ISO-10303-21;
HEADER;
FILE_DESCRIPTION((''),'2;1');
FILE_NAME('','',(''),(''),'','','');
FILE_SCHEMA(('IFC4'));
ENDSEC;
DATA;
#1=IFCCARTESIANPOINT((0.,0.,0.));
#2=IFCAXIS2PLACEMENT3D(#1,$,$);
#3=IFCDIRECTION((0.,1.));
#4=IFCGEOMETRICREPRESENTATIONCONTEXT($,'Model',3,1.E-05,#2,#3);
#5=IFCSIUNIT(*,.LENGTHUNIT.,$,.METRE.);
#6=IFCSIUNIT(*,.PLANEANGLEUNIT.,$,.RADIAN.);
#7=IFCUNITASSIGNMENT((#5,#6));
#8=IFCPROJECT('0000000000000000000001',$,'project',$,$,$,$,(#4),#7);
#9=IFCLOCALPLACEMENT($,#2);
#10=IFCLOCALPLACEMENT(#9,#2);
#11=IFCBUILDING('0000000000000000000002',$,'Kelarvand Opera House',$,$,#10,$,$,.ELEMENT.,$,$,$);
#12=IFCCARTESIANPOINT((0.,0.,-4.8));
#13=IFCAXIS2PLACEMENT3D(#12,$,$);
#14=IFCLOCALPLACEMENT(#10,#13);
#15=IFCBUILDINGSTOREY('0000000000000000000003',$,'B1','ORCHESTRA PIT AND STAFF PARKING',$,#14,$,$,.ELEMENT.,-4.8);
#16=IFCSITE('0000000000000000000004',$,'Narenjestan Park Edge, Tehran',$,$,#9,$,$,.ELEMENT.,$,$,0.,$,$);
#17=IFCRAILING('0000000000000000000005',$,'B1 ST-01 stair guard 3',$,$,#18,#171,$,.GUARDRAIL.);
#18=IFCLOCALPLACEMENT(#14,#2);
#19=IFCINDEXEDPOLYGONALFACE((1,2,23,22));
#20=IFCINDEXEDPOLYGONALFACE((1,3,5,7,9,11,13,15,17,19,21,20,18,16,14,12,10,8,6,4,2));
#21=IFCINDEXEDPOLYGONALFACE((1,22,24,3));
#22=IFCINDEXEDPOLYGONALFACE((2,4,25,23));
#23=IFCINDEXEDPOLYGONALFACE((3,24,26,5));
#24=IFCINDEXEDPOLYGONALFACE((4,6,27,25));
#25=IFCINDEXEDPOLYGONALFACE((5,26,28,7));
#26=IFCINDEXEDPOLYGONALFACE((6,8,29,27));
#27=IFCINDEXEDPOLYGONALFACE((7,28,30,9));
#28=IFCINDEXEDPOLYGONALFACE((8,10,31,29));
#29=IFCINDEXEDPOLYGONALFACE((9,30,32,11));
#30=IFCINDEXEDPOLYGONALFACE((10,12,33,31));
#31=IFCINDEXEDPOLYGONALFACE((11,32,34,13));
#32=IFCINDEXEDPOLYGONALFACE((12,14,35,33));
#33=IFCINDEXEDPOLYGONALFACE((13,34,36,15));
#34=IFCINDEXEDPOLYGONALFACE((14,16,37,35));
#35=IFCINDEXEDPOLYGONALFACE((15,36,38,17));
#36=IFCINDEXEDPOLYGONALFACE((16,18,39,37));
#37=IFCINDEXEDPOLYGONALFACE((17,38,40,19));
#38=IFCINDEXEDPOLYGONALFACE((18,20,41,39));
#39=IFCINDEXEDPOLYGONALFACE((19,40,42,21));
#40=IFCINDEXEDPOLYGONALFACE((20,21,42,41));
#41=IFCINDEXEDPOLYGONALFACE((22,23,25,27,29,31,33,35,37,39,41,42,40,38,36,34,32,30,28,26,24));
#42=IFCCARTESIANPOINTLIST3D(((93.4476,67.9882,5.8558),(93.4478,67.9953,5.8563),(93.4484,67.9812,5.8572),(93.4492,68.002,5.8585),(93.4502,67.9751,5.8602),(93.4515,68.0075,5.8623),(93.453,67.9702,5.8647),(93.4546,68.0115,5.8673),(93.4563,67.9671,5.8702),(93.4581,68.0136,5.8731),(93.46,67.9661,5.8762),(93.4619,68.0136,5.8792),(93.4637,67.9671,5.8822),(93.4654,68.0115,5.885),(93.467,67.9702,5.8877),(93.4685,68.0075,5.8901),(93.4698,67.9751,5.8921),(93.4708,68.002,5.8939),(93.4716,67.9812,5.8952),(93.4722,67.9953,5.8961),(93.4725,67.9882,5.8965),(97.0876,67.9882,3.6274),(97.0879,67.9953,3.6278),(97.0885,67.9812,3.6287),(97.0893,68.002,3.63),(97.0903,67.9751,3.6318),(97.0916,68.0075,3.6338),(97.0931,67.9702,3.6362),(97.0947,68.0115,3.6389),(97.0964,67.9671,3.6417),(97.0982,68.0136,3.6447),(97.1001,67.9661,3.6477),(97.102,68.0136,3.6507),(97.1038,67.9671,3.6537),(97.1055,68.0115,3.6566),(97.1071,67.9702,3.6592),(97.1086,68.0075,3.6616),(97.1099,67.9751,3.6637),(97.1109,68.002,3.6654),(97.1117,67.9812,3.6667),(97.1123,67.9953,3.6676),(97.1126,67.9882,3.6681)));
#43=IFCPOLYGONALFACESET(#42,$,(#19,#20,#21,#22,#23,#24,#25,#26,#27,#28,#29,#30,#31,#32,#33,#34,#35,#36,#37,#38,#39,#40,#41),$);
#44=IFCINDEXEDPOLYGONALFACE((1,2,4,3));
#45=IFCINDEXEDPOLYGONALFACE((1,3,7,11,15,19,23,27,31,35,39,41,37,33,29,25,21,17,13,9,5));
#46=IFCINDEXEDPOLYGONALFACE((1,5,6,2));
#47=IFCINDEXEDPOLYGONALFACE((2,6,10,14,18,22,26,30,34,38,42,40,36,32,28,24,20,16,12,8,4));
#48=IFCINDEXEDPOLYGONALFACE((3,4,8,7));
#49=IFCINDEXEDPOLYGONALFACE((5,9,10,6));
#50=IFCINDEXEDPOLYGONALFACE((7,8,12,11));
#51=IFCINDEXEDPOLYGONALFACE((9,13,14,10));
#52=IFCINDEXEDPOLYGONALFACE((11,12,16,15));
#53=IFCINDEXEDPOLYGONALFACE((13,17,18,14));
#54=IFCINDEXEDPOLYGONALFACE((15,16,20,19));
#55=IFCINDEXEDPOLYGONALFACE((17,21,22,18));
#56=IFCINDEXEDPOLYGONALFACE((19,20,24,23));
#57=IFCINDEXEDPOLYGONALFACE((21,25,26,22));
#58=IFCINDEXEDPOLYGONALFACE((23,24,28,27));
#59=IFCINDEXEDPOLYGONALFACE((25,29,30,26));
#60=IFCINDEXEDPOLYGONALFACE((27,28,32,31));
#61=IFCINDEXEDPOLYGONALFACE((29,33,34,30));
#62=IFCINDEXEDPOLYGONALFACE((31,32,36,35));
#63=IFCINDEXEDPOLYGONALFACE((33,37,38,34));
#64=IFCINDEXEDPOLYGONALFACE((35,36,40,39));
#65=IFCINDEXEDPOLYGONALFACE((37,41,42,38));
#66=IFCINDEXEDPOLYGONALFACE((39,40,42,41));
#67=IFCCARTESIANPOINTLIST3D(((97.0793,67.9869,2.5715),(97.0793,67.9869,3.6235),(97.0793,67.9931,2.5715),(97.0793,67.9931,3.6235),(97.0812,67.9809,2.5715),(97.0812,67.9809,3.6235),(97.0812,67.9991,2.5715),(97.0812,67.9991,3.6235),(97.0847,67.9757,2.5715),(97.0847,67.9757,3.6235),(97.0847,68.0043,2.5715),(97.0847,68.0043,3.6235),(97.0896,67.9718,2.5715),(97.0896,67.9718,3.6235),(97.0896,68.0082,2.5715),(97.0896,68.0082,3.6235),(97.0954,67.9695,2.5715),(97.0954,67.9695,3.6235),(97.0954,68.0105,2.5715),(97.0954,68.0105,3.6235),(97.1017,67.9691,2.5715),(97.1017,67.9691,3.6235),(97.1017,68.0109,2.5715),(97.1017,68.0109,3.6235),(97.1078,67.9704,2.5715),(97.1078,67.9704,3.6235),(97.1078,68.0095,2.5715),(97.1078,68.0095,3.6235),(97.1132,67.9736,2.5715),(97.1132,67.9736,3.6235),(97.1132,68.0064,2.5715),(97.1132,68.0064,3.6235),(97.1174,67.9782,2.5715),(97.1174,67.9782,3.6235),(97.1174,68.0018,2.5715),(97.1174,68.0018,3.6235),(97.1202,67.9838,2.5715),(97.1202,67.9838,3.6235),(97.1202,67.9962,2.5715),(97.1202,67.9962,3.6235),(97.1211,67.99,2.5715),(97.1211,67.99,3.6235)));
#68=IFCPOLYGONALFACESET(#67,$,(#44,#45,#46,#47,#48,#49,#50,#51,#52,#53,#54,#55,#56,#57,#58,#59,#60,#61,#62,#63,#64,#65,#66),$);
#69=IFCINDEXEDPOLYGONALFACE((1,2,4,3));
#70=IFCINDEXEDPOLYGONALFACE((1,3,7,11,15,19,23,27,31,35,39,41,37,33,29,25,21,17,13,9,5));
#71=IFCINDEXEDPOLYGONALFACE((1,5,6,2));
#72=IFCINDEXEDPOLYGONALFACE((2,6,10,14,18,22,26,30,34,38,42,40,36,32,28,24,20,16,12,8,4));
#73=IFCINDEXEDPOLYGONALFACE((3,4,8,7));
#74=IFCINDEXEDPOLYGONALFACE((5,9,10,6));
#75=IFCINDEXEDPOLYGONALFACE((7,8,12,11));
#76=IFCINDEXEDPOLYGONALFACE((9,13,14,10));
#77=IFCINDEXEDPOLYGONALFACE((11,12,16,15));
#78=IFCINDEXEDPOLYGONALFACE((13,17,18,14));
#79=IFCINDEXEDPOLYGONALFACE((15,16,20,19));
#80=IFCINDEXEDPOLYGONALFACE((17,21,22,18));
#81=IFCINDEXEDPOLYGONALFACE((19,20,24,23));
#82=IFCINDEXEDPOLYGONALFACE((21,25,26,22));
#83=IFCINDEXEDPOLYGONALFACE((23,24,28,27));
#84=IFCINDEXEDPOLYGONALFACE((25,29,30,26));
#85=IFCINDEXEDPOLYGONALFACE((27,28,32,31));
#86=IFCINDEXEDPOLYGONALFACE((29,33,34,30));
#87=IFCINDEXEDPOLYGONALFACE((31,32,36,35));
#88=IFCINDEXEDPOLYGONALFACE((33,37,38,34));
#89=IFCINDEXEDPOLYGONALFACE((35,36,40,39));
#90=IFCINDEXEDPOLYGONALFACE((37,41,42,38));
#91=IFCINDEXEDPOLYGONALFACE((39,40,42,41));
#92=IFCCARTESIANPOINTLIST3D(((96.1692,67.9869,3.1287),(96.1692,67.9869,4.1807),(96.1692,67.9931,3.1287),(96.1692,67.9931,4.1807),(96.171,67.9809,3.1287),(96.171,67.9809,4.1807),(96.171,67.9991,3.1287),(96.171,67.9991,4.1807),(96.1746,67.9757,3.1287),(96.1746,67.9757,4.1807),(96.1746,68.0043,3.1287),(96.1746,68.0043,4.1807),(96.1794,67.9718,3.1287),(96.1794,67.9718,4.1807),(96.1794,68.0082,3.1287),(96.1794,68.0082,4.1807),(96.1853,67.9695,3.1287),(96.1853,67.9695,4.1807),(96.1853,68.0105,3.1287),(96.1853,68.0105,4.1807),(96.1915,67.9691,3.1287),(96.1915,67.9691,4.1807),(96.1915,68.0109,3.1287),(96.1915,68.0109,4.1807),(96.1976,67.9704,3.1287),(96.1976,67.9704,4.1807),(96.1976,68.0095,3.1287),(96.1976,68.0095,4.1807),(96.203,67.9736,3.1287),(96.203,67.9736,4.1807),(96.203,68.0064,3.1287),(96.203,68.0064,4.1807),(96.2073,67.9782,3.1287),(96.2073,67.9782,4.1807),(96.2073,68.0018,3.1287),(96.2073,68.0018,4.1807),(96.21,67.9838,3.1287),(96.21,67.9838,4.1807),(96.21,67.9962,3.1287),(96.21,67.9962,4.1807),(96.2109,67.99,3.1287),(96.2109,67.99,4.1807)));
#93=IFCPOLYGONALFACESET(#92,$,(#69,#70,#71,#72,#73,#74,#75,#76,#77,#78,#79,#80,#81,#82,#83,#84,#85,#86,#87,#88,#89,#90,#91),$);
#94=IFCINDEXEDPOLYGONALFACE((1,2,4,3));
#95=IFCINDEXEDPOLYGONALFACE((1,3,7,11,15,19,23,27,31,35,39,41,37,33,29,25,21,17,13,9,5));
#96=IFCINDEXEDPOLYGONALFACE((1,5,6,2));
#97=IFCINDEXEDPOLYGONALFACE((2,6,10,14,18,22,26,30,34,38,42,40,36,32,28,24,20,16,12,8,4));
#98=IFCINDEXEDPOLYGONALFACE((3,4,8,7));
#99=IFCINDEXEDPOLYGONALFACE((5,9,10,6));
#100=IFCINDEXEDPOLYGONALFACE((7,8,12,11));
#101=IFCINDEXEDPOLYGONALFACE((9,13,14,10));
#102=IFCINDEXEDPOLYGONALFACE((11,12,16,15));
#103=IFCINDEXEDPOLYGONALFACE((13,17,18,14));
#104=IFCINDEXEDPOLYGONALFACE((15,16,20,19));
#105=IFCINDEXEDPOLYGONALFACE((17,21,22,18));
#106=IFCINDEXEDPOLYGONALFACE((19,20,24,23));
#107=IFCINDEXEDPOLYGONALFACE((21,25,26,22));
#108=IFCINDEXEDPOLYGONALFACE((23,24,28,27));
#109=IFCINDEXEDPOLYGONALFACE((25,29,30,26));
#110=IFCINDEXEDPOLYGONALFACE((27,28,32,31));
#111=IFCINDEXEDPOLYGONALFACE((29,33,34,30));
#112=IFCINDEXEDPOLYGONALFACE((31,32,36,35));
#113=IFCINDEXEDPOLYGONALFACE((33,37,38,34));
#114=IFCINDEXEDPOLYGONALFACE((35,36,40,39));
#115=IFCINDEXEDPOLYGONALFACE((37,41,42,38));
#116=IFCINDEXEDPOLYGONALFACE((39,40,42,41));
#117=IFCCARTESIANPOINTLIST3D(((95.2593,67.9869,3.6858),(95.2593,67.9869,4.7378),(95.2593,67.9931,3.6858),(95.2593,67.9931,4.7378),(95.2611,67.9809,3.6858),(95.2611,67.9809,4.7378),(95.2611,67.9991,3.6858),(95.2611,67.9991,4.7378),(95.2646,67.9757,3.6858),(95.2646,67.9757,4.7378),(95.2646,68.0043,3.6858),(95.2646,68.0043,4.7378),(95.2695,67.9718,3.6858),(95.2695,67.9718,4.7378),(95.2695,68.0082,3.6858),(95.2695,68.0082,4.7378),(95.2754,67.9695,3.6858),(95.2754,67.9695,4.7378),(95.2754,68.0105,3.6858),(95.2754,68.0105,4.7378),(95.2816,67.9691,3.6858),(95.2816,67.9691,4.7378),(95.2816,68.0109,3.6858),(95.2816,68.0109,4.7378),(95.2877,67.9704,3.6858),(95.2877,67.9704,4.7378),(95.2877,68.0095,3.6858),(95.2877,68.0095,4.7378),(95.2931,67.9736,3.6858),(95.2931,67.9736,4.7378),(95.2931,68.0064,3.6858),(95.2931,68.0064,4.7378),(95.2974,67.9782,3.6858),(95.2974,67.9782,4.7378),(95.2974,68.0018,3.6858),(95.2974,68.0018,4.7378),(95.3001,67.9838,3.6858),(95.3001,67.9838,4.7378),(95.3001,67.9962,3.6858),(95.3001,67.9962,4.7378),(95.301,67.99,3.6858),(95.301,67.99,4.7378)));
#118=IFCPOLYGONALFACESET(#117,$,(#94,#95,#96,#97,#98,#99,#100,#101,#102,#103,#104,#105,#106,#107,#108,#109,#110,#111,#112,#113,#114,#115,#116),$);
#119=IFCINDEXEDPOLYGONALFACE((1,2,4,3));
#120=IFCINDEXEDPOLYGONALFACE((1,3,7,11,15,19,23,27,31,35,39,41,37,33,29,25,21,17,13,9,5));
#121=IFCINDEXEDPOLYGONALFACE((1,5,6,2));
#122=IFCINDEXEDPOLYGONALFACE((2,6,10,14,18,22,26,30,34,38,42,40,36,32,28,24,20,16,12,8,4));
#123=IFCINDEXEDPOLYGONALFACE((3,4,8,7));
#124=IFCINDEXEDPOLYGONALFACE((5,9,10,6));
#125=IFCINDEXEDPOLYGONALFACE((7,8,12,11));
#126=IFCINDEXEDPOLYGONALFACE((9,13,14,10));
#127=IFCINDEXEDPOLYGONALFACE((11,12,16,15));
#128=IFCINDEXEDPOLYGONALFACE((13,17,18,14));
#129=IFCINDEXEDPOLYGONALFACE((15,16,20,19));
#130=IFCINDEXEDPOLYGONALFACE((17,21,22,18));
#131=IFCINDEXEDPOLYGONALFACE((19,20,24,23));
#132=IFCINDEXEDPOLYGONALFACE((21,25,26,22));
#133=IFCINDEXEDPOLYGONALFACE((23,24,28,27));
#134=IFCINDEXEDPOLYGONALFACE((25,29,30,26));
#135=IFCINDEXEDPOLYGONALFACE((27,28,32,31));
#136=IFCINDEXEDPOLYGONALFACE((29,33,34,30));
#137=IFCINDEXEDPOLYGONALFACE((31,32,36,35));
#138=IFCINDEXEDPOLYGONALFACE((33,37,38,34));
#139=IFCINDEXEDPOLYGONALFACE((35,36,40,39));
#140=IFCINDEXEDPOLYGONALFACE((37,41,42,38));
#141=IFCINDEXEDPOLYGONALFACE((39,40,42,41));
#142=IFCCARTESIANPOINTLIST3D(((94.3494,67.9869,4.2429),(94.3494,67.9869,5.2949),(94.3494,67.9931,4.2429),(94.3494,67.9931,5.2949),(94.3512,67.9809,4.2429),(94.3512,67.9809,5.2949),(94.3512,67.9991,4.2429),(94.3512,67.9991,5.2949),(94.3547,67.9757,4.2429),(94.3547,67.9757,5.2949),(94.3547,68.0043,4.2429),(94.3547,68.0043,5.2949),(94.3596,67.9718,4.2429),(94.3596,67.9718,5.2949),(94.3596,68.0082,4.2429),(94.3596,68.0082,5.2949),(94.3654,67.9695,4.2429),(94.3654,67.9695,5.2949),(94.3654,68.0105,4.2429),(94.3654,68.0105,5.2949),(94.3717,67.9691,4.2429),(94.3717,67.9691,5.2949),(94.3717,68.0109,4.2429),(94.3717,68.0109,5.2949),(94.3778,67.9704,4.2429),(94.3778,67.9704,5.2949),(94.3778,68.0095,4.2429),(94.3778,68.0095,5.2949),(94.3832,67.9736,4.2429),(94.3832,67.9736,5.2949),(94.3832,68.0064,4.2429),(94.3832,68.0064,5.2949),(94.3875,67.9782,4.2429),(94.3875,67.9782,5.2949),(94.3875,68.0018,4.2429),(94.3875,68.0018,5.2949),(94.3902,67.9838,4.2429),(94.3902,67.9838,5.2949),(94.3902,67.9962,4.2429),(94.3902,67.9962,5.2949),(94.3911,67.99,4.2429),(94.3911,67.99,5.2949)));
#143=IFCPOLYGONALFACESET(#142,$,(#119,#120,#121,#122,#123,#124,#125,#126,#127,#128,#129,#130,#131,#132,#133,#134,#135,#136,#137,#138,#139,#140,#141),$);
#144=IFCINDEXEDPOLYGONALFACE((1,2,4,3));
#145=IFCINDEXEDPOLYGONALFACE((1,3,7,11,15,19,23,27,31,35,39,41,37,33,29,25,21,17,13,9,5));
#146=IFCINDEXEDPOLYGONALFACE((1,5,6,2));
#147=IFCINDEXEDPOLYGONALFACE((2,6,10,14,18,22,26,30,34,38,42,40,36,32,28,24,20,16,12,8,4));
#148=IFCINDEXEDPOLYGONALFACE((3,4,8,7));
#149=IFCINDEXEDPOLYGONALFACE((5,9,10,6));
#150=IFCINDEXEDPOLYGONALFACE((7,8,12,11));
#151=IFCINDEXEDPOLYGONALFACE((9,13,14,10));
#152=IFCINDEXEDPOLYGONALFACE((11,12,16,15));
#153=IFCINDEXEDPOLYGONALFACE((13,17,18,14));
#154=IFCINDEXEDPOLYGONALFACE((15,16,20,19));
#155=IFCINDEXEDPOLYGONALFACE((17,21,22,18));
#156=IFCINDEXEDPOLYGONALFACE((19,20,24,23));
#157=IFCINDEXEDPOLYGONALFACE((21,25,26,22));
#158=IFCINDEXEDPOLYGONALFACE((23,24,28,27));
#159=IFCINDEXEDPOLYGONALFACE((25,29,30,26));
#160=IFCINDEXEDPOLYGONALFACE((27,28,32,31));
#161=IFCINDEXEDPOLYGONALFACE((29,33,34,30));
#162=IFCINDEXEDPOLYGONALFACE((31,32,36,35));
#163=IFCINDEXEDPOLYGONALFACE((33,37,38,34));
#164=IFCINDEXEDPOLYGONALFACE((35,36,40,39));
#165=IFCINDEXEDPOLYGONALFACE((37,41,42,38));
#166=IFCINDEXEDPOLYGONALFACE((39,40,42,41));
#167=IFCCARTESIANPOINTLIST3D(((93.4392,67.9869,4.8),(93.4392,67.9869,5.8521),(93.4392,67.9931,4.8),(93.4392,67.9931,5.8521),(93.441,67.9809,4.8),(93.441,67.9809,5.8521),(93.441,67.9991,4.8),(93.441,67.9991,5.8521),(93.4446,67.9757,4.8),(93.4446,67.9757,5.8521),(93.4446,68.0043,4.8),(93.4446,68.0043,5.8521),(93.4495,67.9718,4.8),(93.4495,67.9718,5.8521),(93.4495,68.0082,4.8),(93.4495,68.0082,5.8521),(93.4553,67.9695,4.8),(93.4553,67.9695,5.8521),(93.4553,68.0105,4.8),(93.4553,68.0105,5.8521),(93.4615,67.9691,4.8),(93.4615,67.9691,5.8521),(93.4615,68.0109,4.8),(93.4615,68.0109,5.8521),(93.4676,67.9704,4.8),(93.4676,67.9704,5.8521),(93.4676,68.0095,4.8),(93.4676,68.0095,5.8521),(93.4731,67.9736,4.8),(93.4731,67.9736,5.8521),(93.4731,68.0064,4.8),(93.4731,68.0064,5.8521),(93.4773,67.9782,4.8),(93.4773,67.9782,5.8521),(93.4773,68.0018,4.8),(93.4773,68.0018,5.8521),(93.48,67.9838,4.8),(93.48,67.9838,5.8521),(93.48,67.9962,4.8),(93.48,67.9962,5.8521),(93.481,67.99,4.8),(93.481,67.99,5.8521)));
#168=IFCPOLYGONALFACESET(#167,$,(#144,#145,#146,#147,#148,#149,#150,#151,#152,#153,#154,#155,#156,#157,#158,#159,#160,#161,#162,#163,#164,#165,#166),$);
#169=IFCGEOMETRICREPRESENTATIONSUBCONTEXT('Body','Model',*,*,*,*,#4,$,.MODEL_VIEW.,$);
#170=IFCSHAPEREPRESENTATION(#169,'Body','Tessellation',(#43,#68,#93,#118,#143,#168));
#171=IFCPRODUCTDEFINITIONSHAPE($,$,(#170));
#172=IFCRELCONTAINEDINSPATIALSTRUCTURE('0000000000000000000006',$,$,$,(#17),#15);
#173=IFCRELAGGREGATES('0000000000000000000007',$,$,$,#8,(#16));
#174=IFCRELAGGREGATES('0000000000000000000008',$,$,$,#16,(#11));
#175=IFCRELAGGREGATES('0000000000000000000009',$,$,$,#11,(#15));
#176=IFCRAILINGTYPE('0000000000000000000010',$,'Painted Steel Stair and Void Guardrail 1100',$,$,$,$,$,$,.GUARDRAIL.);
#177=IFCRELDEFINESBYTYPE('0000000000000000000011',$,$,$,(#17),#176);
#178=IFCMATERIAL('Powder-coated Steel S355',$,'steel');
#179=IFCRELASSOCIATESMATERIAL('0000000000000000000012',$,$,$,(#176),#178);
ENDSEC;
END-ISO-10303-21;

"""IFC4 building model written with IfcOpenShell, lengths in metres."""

from ifc_helpers import new_model, si_unit, direction, frame, origin, origin_2d, place, context, subcontext, project, spatial, circle, extrude, material, type_object, element, save


model = new_model("IFC4")

# Units and contexts
model_context = context("Model", 3, precision=1e-05, world=origin(), true_north=direction((0.0, 1.0)))
body_context = subcontext(model_context, "Body", "Model", "MODEL_VIEW")
ifc_project = project(units=[si_unit("LENGTHUNIT", "METRE"), si_unit("PLANEANGLEUNIT", "RADIAN")], contexts=[model_context])

# Site, building, storey
site_placement = place(None, origin())
site = spatial("IfcSite", under=ifc_project, at=site_placement, Name="Narenjestan Park Edge, Tehran", CompositionType="ELEMENT", RefElevation=0.0)
building_placement = place(site_placement, origin())
building = spatial("IfcBuilding", under=site, at=building_placement, Name="Kelarvand Opera House", CompositionType="ELEMENT")
storey_placement = place(building_placement, frame((0.0, 0.0, -4.8)))
storey = spatial("IfcBuildingStorey", under=building, at=storey_placement, Name="B1", Description="ORCHESTRA PIT AND STAFF PARKING", CompositionType="ELEMENT", Elevation=-4.8)

# Railing
ifc_material_1 = material(Name="Powder-coated Steel S355", Category="steel")
railing_type_1 = type_object("IfcRailingType", Name="Painted Steel Stair and Void Guardrail 1100", PredefinedType="GUARDRAIL", material=ifc_material_1)
railing_1_placement = place(storey_placement, frame((97.1001, 67.99, 2.5715)))
element("IfcRailing", 1, at=railing_1_placement, inside=storey, type_object=railing_type_1, Name="B1 ST-01 stair guard 3", PredefinedType="GUARDRAIL", context=body_context, shape_type="SweptSolid", body=[
    extrude(circle(Radius=0.0239, at=origin_2d()), frame((0.0, 0.0, 1.0762), z_axis=(-0.852866, 0.0, 0.52213), x_axis=(0.0, -1.0, 0.0)), (0.0, 0.0, 1.0), 4.2681),
    extrude(circle(Radius=0.021, at=origin_2d()), origin(), (0.0, 0.0, 1.0), 1.052),
    extrude(circle(Radius=0.021, at=origin_2d()), frame((-0.9102, 0.0, 0.5571)), (0.0, 0.0, 1.0), 1.052),
    extrude(circle(Radius=0.021, at=origin_2d()), frame((-1.8201, 0.0, 1.1143)), (0.0, 0.0, 1.0), 1.052),
    extrude(circle(Radius=0.021, at=origin_2d()), frame((-2.73, 0.0, 1.6714)), (0.0, 0.0, 1.0), 1.052),
    extrude(circle(Radius=0.021, at=origin_2d()), frame((-3.6401, 0.0, 2.2285)), (0.0, 0.0, 1.0), 1.052),
])

save(model, "model.ifc")
